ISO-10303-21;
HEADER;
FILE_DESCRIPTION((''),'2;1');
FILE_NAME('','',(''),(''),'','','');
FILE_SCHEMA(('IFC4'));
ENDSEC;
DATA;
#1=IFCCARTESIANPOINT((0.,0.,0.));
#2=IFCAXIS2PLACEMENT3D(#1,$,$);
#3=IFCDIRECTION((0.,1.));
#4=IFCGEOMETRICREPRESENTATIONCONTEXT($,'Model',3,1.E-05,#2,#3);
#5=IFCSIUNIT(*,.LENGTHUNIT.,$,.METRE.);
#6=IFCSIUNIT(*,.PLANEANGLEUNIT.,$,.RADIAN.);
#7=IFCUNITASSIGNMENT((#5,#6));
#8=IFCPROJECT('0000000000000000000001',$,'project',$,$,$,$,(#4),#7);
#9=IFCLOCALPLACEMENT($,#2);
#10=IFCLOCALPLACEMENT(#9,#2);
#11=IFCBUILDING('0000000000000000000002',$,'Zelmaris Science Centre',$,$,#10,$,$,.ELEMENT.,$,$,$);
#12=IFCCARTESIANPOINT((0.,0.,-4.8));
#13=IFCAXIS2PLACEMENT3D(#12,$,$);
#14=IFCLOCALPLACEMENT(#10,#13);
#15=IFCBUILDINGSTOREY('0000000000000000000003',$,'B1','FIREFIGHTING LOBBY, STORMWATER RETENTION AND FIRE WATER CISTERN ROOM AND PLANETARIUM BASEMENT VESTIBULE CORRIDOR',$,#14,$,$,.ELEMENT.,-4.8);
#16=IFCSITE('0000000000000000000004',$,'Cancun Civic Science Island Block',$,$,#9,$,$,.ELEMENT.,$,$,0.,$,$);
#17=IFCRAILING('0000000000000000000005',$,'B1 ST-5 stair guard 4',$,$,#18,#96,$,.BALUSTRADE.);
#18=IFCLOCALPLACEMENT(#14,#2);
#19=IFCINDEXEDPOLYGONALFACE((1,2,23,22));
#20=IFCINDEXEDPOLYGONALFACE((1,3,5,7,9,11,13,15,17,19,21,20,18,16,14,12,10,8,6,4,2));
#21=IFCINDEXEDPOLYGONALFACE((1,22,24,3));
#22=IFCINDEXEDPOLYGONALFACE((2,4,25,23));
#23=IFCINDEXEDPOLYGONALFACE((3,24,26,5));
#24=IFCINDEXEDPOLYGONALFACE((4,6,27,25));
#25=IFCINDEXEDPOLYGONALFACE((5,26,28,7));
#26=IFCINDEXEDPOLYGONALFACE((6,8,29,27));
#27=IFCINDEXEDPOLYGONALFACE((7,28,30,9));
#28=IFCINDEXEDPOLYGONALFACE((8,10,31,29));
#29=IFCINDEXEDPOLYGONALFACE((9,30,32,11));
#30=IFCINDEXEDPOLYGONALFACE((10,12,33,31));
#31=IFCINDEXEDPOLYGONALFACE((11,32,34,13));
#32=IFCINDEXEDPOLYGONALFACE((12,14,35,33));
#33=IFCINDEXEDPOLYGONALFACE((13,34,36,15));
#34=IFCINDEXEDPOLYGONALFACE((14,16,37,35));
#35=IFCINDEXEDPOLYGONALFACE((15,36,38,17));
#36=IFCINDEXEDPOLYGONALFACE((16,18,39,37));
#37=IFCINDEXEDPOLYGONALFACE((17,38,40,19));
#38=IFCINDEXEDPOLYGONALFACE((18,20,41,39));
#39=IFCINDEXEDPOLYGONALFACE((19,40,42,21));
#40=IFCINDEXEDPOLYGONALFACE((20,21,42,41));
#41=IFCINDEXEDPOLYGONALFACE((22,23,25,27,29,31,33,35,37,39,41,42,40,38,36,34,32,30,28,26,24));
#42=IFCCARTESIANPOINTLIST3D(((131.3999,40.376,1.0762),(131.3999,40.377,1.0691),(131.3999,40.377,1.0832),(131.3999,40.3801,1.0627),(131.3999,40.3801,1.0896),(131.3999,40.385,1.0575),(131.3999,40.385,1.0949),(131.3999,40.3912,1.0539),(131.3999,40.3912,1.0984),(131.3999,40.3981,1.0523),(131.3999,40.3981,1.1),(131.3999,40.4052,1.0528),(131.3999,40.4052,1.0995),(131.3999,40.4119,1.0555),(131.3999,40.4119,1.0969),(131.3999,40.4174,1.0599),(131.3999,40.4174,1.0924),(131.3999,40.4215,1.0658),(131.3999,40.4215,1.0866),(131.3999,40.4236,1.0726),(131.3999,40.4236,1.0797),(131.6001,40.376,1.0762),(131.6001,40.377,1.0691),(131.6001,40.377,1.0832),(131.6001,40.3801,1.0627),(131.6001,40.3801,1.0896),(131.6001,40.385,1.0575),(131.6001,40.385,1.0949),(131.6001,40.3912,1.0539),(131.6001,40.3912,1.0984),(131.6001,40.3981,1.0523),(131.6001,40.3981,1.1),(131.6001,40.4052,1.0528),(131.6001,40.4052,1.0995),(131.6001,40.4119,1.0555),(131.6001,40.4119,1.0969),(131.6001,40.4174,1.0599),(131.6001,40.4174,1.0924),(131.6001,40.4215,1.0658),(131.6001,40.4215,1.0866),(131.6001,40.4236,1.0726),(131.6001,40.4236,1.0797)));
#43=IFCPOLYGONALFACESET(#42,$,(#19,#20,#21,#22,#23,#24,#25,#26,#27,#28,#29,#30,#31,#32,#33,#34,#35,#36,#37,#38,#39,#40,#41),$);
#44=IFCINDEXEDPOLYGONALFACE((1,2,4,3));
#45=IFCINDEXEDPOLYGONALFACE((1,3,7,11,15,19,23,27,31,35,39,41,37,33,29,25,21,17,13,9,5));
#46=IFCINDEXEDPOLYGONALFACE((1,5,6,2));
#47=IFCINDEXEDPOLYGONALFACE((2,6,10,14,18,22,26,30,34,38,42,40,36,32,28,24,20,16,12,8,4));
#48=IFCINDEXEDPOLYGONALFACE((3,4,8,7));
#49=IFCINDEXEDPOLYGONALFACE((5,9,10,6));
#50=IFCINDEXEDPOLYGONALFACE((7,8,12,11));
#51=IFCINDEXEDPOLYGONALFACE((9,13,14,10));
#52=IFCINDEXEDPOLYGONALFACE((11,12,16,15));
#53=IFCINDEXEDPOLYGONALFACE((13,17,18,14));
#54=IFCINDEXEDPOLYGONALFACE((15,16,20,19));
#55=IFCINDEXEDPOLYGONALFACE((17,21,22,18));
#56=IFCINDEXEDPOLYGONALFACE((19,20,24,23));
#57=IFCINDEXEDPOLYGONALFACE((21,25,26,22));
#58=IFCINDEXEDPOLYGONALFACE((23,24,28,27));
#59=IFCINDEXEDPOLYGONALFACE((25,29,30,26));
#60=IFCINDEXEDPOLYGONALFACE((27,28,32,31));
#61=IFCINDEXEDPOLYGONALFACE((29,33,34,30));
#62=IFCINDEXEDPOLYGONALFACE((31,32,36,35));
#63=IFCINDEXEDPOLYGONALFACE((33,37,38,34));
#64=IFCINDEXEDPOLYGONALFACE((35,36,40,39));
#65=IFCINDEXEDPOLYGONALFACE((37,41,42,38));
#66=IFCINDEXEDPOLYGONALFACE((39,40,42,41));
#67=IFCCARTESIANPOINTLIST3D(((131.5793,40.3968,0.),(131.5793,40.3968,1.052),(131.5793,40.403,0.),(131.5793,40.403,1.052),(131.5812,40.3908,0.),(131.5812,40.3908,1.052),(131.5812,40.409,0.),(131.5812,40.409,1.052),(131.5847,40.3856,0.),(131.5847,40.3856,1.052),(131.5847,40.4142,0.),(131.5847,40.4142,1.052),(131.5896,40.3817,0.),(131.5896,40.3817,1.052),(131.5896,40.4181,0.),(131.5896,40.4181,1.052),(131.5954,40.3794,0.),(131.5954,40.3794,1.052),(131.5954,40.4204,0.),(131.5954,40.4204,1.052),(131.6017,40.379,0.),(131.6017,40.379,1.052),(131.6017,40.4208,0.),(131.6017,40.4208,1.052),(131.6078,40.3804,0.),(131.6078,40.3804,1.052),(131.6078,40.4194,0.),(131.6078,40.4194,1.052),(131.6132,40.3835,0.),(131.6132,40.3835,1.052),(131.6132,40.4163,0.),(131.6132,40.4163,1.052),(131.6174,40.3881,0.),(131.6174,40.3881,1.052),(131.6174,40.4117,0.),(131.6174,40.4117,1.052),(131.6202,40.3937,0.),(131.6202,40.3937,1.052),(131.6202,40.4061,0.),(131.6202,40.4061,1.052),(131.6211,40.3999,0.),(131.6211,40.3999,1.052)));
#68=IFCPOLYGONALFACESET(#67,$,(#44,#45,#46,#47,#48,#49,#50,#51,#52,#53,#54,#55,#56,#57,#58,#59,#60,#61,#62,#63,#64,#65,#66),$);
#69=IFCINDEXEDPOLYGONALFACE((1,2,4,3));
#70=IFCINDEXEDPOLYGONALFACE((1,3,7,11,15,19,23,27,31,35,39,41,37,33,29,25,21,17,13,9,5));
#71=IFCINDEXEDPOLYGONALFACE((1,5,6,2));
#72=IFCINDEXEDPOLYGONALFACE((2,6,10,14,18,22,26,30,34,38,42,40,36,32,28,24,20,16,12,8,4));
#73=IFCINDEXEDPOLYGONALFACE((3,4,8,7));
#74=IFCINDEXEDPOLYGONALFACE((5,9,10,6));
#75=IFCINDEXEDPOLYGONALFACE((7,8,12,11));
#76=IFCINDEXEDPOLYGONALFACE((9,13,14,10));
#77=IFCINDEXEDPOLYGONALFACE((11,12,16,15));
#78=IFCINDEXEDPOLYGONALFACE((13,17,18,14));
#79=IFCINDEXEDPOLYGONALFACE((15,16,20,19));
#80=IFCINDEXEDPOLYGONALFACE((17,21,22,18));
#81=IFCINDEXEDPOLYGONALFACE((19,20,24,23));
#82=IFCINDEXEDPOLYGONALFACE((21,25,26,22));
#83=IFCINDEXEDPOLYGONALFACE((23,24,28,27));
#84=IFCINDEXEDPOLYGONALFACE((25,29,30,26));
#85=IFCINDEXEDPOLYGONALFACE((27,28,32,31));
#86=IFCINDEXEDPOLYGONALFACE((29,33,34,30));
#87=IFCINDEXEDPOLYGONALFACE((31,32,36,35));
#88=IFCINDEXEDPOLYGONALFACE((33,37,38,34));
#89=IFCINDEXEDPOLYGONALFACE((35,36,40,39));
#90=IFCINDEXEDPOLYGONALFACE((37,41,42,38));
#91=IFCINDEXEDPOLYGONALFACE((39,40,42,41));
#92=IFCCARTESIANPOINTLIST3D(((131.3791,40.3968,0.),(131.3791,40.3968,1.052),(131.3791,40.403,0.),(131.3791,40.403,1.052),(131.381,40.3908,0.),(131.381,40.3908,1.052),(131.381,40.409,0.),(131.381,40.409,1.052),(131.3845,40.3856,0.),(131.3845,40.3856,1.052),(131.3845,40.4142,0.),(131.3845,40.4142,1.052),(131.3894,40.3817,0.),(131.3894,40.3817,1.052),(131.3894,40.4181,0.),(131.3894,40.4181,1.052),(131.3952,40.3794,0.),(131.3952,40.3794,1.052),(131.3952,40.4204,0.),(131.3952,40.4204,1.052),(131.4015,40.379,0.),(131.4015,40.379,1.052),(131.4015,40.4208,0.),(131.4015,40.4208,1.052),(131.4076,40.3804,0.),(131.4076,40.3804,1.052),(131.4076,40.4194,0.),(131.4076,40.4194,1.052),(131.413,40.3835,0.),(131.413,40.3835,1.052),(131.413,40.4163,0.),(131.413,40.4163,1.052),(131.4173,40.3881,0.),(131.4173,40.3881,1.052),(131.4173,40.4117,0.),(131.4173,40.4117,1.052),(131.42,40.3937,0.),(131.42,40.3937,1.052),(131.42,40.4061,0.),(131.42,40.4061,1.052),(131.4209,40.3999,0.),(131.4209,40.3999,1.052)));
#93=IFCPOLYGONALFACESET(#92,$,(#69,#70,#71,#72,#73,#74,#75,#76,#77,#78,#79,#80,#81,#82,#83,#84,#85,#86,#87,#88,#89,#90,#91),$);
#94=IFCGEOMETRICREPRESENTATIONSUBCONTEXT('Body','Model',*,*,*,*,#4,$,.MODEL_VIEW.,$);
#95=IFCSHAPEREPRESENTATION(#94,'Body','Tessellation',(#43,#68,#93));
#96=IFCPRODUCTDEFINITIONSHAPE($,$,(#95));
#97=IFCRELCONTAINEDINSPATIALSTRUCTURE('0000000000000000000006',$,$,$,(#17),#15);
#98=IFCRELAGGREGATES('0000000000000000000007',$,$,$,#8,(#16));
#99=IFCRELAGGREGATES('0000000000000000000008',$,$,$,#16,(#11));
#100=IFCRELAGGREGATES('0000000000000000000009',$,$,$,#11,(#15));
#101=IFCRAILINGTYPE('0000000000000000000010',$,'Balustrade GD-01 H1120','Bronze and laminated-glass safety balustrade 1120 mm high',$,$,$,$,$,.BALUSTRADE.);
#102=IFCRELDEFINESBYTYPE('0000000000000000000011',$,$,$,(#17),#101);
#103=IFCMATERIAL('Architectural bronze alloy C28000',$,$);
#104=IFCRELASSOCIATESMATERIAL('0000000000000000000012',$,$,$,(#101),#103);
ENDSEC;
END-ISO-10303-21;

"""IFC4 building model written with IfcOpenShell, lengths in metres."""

from ifc_helpers import new_model, si_unit, direction, frame, origin, origin_2d, place, context, subcontext, project, spatial, circle, extrude, material, type_object, element, save


model = new_model("IFC4")

# Units and contexts
model_context = context("Model", 3, precision=1e-05, world=origin(), true_north=direction((0.0, 1.0)))
body_context = subcontext(model_context, "Body", "Model", "MODEL_VIEW")
ifc_project = project(units=[si_unit("LENGTHUNIT", "METRE"), si_unit("PLANEANGLEUNIT", "RADIAN")], contexts=[model_context])

# Site, building, storey
site_placement = place(None, origin())
site = spatial("IfcSite", under=ifc_project, at=site_placement, Name="Cancun Civic Science Island Block", CompositionType="ELEMENT", RefElevation=0.0)
building_placement = place(site_placement, origin())
building = spatial("IfcBuilding", under=site, at=building_placement, Name="Zelmaris Science Centre", CompositionType="ELEMENT")
storey_placement = place(building_placement, frame((0.0, 0.0, -4.8)))
storey = spatial("IfcBuildingStorey", under=building, at=storey_placement, Name="B1", Description="FIREFIGHTING LOBBY, STORMWATER RETENTION AND FIRE WATER CISTERN ROOM AND PLANETARIUM BASEMENT VESTIBULE CORRIDOR", CompositionType="ELEMENT", Elevation=-4.8)

# Railing
ifc_material_1 = material(Name="Architectural bronze alloy C28000")
railing_type_1 = type_object("IfcRailingType", Name="Balustrade GD-01 H1120", Description="Bronze and laminated-glass safety balustrade 1120 mm high", PredefinedType="BALUSTRADE", material=ifc_material_1)
railing_1_placement = place(storey_placement, frame((131.6001, 40.3999, 0.0)))
element("IfcRailing", 1, at=railing_1_placement, inside=storey, type_object=railing_type_1, Name="B1 ST-5 stair guard 4", PredefinedType="BALUSTRADE", context=body_context, shape_type="SweptSolid", body=[
    extrude(circle(Radius=0.0239, at=origin_2d()), frame((0.0, 0.0, 1.0762), z_axis=(-1.0, 0.0, 0.0), x_axis=(0.0, -1.0, 0.0)), (0.0, 0.0, 1.0), 0.2002),
    extrude(circle(Radius=0.021, at=origin_2d()), origin(), (0.0, 0.0, 1.0), 1.052),
    extrude(circle(Radius=0.021, at=origin_2d()), frame((-0.2002, 0.0, 0.0)), (0.0, 0.0, 1.0), 1.052),
])

save(model, "model.ifc")
